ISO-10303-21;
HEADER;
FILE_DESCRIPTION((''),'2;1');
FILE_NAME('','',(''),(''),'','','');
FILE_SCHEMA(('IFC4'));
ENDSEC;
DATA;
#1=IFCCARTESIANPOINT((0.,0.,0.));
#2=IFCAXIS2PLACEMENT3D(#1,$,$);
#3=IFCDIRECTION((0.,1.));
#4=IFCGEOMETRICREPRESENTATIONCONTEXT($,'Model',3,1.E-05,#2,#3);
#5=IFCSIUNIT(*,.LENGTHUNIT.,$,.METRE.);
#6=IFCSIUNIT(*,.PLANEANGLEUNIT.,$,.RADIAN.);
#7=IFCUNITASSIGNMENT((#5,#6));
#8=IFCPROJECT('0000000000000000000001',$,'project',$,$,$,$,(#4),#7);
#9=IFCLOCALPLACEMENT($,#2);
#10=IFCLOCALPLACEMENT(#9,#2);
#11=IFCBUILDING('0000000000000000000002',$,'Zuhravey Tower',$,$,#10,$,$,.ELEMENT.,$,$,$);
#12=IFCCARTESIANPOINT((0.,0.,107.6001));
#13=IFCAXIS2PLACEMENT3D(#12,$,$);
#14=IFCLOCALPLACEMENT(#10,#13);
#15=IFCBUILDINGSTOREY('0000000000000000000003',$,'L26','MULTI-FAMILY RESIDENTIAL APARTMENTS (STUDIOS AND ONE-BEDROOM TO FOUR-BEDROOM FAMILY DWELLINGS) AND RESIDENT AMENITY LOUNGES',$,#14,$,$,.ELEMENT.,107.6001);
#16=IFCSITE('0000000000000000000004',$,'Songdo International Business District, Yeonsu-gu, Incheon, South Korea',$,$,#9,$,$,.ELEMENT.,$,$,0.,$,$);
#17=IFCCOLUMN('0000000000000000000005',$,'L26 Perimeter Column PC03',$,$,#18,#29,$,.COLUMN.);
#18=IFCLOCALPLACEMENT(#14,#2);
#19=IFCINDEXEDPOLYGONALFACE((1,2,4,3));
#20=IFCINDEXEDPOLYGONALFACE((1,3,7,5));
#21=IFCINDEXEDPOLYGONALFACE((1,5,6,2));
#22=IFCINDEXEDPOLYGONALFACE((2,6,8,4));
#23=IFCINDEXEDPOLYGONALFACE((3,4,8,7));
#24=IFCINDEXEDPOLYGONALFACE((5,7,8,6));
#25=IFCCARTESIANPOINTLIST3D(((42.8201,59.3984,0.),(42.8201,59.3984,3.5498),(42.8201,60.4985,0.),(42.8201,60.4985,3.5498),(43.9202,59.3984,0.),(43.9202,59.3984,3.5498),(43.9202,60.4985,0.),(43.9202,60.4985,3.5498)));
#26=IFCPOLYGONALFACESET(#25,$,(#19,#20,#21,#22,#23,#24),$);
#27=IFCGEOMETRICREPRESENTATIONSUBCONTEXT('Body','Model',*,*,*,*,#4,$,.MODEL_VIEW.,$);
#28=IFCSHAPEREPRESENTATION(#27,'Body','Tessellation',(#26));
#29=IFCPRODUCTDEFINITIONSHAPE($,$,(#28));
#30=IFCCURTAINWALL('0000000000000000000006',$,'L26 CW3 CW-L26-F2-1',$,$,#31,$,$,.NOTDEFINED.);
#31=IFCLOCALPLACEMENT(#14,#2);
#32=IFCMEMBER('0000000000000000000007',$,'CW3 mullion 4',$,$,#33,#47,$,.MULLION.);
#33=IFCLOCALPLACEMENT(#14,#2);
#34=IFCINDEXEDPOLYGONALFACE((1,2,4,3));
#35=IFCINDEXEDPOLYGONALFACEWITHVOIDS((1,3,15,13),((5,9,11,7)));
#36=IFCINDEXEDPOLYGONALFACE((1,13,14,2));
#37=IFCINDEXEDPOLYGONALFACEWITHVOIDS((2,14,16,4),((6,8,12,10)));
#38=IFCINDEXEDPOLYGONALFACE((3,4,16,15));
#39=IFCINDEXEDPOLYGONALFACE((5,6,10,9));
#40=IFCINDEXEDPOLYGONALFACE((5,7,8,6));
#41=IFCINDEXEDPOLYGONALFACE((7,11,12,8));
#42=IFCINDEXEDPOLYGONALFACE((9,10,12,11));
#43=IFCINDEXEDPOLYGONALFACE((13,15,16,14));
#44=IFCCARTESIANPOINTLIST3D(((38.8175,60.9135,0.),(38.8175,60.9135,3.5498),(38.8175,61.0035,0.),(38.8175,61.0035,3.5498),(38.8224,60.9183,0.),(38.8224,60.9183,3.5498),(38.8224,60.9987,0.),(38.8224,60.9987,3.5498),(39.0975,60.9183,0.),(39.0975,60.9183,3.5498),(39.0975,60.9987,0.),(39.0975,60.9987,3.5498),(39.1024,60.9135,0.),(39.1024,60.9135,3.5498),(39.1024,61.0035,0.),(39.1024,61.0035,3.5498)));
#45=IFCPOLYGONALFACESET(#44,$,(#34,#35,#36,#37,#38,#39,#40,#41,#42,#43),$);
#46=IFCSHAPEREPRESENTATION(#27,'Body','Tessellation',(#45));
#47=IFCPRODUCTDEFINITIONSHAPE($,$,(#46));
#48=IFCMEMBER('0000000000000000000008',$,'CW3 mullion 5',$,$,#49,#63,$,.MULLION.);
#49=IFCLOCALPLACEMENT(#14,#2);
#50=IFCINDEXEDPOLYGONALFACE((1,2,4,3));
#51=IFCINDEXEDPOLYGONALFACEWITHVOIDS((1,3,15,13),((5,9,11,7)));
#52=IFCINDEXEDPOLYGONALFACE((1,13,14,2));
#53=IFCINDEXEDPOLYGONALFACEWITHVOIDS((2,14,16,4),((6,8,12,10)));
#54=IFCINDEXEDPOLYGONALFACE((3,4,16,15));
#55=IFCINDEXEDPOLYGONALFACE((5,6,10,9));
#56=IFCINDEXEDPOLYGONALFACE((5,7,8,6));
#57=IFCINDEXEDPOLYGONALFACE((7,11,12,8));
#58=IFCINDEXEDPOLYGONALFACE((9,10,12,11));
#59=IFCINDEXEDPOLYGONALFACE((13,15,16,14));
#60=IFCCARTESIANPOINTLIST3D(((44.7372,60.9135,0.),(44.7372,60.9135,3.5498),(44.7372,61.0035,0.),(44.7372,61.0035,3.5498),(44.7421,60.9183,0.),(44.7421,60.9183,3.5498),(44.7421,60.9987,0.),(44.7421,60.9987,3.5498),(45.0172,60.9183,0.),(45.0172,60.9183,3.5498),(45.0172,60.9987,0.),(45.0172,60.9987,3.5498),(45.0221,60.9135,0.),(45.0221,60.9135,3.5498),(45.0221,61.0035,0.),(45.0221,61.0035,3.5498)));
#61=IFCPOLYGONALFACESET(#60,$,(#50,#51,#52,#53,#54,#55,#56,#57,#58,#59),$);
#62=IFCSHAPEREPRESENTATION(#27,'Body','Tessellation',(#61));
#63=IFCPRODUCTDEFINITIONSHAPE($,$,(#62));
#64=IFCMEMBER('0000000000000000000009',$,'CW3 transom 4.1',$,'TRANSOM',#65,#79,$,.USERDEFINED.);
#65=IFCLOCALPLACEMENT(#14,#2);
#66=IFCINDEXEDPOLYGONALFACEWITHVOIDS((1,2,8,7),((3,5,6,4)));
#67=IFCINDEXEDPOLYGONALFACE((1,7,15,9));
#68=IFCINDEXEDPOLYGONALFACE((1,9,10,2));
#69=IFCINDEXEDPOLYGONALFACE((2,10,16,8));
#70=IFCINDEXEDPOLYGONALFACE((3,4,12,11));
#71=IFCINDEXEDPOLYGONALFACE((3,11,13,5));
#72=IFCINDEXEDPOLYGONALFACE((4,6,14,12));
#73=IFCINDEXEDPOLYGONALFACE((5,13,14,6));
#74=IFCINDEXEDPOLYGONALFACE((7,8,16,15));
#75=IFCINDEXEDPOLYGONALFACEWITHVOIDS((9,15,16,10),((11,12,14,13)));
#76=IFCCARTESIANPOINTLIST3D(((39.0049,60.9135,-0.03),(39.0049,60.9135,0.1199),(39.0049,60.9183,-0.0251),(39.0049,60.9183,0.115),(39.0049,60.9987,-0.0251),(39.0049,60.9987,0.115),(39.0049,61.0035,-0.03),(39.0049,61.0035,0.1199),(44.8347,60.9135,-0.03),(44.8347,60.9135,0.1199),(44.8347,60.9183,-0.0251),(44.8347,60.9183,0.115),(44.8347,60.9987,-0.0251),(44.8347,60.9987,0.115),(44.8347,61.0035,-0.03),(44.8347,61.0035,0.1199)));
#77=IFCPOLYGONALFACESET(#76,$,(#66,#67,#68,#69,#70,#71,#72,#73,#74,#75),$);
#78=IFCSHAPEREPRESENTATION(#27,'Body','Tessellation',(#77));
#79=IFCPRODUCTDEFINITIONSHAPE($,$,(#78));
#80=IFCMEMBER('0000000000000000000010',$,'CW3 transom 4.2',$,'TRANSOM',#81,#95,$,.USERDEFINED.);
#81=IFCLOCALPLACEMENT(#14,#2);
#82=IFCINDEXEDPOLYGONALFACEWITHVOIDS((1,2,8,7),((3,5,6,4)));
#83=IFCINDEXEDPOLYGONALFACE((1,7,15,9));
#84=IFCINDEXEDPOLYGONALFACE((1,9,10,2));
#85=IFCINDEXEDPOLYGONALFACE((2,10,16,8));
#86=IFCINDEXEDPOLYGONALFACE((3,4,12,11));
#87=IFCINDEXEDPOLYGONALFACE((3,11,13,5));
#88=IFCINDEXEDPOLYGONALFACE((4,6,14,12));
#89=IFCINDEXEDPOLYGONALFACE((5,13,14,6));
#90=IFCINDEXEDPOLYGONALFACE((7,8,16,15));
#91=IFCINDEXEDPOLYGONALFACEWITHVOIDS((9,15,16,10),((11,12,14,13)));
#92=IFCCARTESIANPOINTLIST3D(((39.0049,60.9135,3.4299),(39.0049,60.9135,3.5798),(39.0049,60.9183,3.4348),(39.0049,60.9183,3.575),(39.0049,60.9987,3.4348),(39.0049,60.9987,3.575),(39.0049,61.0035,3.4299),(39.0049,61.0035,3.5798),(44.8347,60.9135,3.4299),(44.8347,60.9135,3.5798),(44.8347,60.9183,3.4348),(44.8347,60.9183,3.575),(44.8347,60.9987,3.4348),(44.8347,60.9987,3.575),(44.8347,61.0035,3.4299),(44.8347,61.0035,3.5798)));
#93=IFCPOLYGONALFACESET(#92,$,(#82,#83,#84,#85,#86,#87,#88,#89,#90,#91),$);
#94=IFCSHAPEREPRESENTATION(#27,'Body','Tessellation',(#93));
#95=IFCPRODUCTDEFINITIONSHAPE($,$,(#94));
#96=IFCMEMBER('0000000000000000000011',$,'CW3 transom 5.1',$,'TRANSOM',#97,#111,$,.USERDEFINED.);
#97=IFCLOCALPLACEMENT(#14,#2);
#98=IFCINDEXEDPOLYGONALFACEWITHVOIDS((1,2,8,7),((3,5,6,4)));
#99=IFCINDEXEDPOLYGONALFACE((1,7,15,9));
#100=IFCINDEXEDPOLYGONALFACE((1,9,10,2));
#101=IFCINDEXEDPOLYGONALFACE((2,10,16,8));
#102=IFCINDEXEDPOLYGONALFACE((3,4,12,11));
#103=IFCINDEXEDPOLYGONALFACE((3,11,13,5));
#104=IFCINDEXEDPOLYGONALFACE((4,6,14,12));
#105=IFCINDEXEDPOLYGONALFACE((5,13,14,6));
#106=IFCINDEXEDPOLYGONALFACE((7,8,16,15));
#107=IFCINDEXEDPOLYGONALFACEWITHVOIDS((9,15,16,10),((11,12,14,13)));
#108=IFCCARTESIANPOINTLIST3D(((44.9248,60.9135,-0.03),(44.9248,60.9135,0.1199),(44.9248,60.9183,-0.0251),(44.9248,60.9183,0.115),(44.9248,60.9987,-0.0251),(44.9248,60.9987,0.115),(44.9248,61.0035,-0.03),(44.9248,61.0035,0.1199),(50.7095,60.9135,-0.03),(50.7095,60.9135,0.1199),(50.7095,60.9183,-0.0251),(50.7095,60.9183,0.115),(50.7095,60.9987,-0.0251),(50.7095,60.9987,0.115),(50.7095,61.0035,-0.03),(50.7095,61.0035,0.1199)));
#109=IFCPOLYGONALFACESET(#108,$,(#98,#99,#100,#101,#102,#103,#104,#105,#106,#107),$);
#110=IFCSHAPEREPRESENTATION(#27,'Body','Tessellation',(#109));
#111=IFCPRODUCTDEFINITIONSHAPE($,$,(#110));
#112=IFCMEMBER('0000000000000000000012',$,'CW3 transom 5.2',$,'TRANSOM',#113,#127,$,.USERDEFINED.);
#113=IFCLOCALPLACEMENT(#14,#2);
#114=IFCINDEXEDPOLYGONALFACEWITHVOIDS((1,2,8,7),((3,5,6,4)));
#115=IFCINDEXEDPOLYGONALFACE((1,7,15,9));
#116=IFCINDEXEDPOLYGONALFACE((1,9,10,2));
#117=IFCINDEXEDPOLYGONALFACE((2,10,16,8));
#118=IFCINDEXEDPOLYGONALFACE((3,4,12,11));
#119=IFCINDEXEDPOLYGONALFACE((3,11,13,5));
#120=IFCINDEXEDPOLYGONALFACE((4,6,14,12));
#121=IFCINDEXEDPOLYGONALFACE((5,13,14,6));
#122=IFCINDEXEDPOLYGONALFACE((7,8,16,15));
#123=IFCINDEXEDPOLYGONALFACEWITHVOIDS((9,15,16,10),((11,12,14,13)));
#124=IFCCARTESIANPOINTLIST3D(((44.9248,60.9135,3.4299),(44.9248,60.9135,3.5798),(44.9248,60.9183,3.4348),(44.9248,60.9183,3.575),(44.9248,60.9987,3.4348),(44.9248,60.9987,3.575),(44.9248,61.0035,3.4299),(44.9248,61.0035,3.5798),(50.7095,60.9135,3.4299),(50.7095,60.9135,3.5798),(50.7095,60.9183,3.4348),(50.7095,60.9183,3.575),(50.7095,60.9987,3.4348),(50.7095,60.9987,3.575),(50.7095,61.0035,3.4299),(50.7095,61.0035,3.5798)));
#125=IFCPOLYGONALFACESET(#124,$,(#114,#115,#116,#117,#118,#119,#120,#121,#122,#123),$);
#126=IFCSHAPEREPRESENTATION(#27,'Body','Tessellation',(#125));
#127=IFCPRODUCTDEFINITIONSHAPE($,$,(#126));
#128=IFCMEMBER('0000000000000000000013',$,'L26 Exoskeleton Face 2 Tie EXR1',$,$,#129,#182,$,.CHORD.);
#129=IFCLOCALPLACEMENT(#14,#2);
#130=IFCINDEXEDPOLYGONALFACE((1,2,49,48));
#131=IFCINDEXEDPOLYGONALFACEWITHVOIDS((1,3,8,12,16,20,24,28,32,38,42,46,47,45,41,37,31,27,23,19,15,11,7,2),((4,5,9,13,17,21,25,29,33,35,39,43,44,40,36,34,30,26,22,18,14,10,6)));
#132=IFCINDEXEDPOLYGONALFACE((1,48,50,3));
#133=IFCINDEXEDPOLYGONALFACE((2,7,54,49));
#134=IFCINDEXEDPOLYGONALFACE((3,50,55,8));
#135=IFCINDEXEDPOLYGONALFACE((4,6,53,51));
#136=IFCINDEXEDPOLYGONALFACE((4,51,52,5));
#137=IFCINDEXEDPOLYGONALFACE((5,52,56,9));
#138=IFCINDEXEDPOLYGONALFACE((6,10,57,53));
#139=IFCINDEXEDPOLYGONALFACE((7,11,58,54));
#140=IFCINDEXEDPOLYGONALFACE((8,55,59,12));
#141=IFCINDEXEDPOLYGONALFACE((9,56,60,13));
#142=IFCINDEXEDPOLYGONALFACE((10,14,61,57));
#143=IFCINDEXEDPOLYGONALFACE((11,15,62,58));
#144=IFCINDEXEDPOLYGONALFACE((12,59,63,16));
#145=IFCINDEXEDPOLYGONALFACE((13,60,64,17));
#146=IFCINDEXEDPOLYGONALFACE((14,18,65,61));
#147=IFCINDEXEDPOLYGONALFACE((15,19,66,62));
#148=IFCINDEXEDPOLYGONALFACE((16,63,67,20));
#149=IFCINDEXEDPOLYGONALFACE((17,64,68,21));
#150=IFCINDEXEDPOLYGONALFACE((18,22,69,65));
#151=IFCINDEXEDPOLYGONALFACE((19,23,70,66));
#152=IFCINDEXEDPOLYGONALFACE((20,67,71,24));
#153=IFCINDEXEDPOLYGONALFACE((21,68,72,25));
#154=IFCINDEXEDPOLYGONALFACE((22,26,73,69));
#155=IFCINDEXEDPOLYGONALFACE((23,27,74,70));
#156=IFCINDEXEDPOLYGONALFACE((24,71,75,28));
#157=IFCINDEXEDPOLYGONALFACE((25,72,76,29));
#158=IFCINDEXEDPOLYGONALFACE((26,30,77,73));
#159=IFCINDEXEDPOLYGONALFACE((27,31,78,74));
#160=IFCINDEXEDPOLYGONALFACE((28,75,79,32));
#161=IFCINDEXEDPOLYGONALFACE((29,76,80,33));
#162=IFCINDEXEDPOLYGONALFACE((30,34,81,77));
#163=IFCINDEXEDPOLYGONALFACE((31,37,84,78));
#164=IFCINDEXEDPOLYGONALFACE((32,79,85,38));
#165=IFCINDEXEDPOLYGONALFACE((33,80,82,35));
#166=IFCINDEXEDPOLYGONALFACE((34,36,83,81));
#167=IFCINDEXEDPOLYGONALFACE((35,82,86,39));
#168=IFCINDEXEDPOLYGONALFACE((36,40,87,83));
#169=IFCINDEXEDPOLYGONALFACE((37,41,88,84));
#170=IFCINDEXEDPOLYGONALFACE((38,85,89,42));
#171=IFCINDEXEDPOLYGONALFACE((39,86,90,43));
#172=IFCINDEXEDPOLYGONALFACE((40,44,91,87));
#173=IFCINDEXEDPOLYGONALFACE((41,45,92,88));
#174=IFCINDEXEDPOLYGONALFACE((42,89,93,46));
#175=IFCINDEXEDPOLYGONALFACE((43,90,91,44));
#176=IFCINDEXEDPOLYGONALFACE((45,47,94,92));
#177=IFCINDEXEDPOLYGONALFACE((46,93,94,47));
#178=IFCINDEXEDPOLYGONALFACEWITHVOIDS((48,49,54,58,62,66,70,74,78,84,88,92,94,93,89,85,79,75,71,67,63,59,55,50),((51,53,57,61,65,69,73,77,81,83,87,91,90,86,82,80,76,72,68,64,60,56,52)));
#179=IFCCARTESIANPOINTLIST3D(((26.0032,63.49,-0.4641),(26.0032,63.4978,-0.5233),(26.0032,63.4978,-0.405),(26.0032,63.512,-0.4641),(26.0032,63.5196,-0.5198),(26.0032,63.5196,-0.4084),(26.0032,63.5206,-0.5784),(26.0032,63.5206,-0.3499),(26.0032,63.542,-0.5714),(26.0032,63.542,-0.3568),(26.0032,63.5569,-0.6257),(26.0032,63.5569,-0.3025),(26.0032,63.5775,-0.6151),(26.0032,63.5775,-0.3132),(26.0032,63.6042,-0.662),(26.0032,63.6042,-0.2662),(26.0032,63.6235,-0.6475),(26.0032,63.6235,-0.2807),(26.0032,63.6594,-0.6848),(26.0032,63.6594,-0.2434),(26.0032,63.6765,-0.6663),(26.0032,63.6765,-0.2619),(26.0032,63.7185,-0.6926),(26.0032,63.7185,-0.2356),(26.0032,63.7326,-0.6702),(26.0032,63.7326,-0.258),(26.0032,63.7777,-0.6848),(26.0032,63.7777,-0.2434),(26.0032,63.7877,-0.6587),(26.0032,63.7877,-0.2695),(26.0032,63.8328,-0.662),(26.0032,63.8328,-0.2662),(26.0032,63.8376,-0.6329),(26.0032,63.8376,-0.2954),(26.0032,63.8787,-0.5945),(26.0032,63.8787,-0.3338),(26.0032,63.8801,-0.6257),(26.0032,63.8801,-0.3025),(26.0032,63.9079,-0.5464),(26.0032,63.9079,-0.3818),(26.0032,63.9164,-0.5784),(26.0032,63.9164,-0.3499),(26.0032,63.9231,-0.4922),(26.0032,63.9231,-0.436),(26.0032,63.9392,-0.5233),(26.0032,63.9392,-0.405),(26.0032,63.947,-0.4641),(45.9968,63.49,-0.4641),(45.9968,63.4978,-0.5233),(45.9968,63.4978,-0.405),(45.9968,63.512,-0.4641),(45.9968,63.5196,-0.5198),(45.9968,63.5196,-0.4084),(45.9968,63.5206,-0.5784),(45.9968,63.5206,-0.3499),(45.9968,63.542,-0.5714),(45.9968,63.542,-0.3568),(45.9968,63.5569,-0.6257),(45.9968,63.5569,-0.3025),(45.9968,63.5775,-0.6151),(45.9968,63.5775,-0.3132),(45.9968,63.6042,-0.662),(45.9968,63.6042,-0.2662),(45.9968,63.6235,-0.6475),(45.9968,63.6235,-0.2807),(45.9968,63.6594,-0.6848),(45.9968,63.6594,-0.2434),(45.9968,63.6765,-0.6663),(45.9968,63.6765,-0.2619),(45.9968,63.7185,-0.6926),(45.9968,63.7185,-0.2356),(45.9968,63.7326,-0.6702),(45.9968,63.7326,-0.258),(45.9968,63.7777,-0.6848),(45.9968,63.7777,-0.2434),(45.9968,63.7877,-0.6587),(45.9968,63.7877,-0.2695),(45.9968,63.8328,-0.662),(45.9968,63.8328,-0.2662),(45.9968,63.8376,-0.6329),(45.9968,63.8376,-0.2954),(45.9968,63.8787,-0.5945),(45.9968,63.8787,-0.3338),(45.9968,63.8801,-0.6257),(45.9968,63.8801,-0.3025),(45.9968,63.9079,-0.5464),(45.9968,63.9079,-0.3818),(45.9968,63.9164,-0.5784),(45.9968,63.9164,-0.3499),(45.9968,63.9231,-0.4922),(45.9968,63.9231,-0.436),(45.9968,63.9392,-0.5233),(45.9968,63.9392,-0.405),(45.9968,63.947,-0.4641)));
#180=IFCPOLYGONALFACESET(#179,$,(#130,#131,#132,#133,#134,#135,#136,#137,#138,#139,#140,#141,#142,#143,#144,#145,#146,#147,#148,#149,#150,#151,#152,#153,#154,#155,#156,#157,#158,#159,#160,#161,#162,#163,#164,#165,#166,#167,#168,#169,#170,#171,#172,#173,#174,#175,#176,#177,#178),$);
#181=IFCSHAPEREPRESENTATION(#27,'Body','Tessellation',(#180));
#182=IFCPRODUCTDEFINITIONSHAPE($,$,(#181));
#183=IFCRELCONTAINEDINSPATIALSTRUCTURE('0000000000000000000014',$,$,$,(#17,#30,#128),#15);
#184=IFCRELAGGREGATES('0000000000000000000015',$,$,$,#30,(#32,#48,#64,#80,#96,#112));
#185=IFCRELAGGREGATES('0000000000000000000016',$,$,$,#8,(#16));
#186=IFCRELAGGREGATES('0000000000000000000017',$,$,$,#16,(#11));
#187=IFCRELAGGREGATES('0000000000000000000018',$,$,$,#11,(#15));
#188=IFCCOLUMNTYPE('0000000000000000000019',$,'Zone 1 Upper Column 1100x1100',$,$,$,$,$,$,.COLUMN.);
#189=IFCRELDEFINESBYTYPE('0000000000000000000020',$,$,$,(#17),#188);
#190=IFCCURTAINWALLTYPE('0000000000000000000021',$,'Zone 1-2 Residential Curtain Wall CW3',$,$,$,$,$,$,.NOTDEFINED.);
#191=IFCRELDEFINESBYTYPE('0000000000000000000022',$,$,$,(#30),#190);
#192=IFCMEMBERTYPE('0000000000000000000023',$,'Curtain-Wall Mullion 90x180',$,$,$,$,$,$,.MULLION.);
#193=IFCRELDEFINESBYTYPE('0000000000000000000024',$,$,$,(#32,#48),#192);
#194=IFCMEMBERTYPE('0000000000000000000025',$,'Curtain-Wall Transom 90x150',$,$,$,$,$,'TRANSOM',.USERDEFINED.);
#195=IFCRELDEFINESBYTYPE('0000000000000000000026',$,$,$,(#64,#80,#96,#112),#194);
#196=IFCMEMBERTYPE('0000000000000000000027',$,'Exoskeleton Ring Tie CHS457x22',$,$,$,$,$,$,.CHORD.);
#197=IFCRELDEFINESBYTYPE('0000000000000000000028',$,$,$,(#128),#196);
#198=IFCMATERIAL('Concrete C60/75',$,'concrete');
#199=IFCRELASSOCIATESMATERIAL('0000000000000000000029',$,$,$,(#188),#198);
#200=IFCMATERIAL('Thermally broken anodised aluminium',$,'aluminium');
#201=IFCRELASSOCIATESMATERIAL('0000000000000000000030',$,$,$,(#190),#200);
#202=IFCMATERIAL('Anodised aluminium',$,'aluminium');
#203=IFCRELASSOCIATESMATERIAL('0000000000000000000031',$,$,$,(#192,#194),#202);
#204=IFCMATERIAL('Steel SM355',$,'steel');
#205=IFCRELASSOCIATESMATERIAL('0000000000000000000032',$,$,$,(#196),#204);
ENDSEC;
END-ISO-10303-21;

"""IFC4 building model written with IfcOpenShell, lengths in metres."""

from ifc_helpers import new_model, si_unit, direction, frame, origin, origin_2d, place, context, subcontext, project, spatial, rectangle, hollow_rectangle, hollow_circle, extrude, material, material_profile, profile_set, type_object, element, aggregate, save


model = new_model("IFC4")

# Units and contexts
model_context = context("Model", 3, precision=1e-05, world=origin(), true_north=direction((0.0, 1.0)))
body_context = subcontext(model_context, "Body", "Model", "MODEL_VIEW")
ifc_project = project(units=[si_unit("LENGTHUNIT", "METRE"), si_unit("PLANEANGLEUNIT", "RADIAN")], contexts=[model_context])

# Site, building, storey
site_placement = place(None, origin())
site = spatial("IfcSite", under=ifc_project, at=site_placement, Name="Songdo International Business District, Yeonsu-gu, Incheon, South Korea", CompositionType="ELEMENT", RefElevation=0.0)
building_placement = place(site_placement, origin())
building = spatial("IfcBuilding", under=site, at=building_placement, Name="Zuhravey Tower", CompositionType="ELEMENT")
storey_placement = place(building_placement, frame((0.0, 0.0, 107.6001)))
storey = spatial("IfcBuildingStorey", under=building, at=storey_placement, Name="L26", Description="MULTI-FAMILY RESIDENTIAL APARTMENTS (STUDIOS AND ONE-BEDROOM TO FOUR-BEDROOM FAMILY DWELLINGS) AND RESIDENT AMENITY LOUNGES", CompositionType="ELEMENT", Elevation=107.6001)

# Column
ifc_material_1 = material(Name="Concrete C60/75", Category="concrete")
ifc_material_profile_1 = material_profile(ifc_material_1, rectangle(XDim=1.1001, YDim=1.1001, at=origin_2d()), Name="RC-1100x1100")
ifc_profile_set_1 = profile_set([ifc_material_profile_1], Name="Concrete C60/75")
column_type = type_object("IfcColumnType", Name="Zone 1 Upper Column 1100x1100", PredefinedType="COLUMN", material=ifc_profile_set_1)
column_placement = place(storey_placement, frame((43.3701, 59.9485, 0.0), z_axis=(0.0, 0.0, 1.0), x_axis=(-1.0, 0.0, 0.0)))
element("IfcColumn", 1, at=column_placement, inside=storey, type_object=column_type, Name="L26 Perimeter Column PC03", PredefinedType="COLUMN", context=body_context, shape_type="SweptSolid", body=[
    extrude(rectangle(XDim=1.1001, YDim=1.1001, at=origin_2d()), origin(), (0.0, 0.0, 1.0), 3.5498),
])

# Curtain wall, members
ifc_material_2 = material(Name="Thermally broken anodised aluminium", Category="aluminium")
curtain_wall_type = type_object("IfcCurtainWallType", Name="Zone 1-2 Residential Curtain Wall CW3", PredefinedType="NOTDEFINED", material=ifc_material_2)
curtain_wall_placement = place(storey_placement, origin())
curtain_wall = element("IfcCurtainWall", 2, at=curtain_wall_placement, inside=storey, type_object=curtain_wall_type, Name="L26 CW3 CW-L26-F2-1", PredefinedType="NOTDEFINED")
ifc_material_3 = material(Name="Anodised aluminium", Category="aluminium")
ifc_material_profile_2 = material_profile(ifc_material_3, hollow_rectangle(XDim=0.0901, YDim=0.2849, WallThickness=0.0049, at=origin_2d()), Name="ALU-RHS-90x285x5")
ifc_profile_set_2 = profile_set([ifc_material_profile_2], Name="Anodised aluminium")
member_type_1 = type_object("IfcMemberType", Name="Curtain-Wall Mullion 90x180", PredefinedType="MULLION", material=ifc_profile_set_2)
member_1_placement = place(storey_placement, frame((38.96, 60.9585, 0.0), z_axis=(0.0, 0.0, 1.0), x_axis=(0.0, 1.0, 0.0)))
member_1 = element("IfcMember", 3, at=member_1_placement, type_object=member_type_1, Name="CW3 mullion 4", PredefinedType="MULLION", context=body_context, shape_type="SweptSolid", body=[
    extrude(hollow_rectangle(XDim=0.0901, YDim=0.2849, WallThickness=0.0049, at=origin_2d()), origin(), (0.0, 0.0, 1.0), 3.5498),
])
member_2_placement = place(storey_placement, frame((44.8796, 60.9585, 0.0), z_axis=(0.0, 0.0, 1.0), x_axis=(0.0, 1.0, 0.0)))
member_2 = element("IfcMember", 4, at=member_2_placement, type_object=member_type_1, Name="CW3 mullion 5", PredefinedType="MULLION", context=body_context, shape_type="SweptSolid", body=[
    extrude(hollow_rectangle(XDim=0.0901, YDim=0.2849, WallThickness=0.0049, at=origin_2d()), origin(), (0.0, 0.0, 1.0), 3.5498),
])
ifc_material_profile_3 = material_profile(ifc_material_3, hollow_rectangle(XDim=0.0901, YDim=0.1499, WallThickness=0.0049, at=origin_2d()), Name="ALU-RHS-90x150x5")
ifc_profile_set_3 = profile_set([ifc_material_profile_3], Name="Anodised aluminium")
member_type_2 = type_object("IfcMemberType", Name="Curtain-Wall Transom 90x150", ElementType="TRANSOM", PredefinedType="USERDEFINED", material=ifc_profile_set_3)
member_3_placement = place(storey_placement, frame((39.0049, 60.9585, 0.0449), z_axis=(1.0, 0.0, 0.0), x_axis=(0.0, 1.0, 0.0)))
member_3 = element("IfcMember", 5, at=member_3_placement, type_object=member_type_2, Name="CW3 transom 4.1", ObjectType="TRANSOM", PredefinedType="USERDEFINED", context=body_context, shape_type="SweptSolid", body=[
    extrude(hollow_rectangle(XDim=0.0901, YDim=0.1499, WallThickness=0.0049, at=origin_2d()), origin(), (0.0, 0.0, 1.0), 5.8298),
])
member_4_placement = place(storey_placement, frame((39.0049, 60.9585, 3.5049), z_axis=(1.0, 0.0, 0.0), x_axis=(0.0, 1.0, 0.0)))
member_4 = element("IfcMember", 6, at=member_4_placement, type_object=member_type_2, Name="CW3 transom 4.2", ObjectType="TRANSOM", PredefinedType="USERDEFINED", context=body_context, shape_type="SweptSolid", body=[
    extrude(hollow_rectangle(XDim=0.0901, YDim=0.1499, WallThickness=0.0049, at=origin_2d()), origin(), (0.0, 0.0, 1.0), 5.8298),
])
member_5_placement = place(storey_placement, frame((44.9248, 60.9585, 0.0449), z_axis=(1.0, 0.0, 0.0), x_axis=(0.0, 1.0, 0.0)))
member_5 = element("IfcMember", 7, at=member_5_placement, type_object=member_type_2, Name="CW3 transom 5.1", ObjectType="TRANSOM", PredefinedType="USERDEFINED", context=body_context, shape_type="SweptSolid", body=[
    extrude(hollow_rectangle(XDim=0.0901, YDim=0.1499, WallThickness=0.0049, at=origin_2d()), origin(), (0.0, 0.0, 1.0), 5.7847),
])
member_6_placement = place(storey_placement, frame((44.9248, 60.9585, 3.5049), z_axis=(1.0, 0.0, 0.0), x_axis=(0.0, 1.0, 0.0)))
member_6 = element("IfcMember", 8, at=member_6_placement, type_object=member_type_2, Name="CW3 transom 5.2", ObjectType="TRANSOM", PredefinedType="USERDEFINED", context=body_context, shape_type="SweptSolid", body=[
    extrude(hollow_rectangle(XDim=0.0901, YDim=0.1499, WallThickness=0.0049, at=origin_2d()), origin(), (0.0, 0.0, 1.0), 5.7847),
])

# Member
ifc_material_4 = material(Name="Steel SM355", Category="steel")
ifc_material_profile_4 = material_profile(ifc_material_4, hollow_circle(Radius=0.2285, WallThickness=0.022, at=origin_2d()), Name="CHS-457.2x22")
ifc_profile_set_4 = profile_set([ifc_material_profile_4], Name="Steel SM355")
member_type_3 = type_object("IfcMemberType", Name="Exoskeleton Ring Tie CHS457x22", PredefinedType="CHORD", material=ifc_profile_set_4)
member_7_placement = place(storey_placement, frame((45.9968, 63.7185, -0.4641), z_axis=(-1.0, 0.0, 0.0), x_axis=(0.0, -1.0, 0.0)))
element("IfcMember", 9, at=member_7_placement, inside=storey, type_object=member_type_3, Name="L26 Exoskeleton Face 2 Tie EXR1", PredefinedType="CHORD", context=body_context, shape_type="SweptSolid", body=[
    extrude(hollow_circle(Radius=0.2285, WallThickness=0.022, at=origin_2d()), origin(), (0.0, 0.0, 1.0), 19.9937),
])

aggregate(curtain_wall, [member_1, member_2, member_3, member_4, member_5, member_6])

save(model, "model.ifc")
